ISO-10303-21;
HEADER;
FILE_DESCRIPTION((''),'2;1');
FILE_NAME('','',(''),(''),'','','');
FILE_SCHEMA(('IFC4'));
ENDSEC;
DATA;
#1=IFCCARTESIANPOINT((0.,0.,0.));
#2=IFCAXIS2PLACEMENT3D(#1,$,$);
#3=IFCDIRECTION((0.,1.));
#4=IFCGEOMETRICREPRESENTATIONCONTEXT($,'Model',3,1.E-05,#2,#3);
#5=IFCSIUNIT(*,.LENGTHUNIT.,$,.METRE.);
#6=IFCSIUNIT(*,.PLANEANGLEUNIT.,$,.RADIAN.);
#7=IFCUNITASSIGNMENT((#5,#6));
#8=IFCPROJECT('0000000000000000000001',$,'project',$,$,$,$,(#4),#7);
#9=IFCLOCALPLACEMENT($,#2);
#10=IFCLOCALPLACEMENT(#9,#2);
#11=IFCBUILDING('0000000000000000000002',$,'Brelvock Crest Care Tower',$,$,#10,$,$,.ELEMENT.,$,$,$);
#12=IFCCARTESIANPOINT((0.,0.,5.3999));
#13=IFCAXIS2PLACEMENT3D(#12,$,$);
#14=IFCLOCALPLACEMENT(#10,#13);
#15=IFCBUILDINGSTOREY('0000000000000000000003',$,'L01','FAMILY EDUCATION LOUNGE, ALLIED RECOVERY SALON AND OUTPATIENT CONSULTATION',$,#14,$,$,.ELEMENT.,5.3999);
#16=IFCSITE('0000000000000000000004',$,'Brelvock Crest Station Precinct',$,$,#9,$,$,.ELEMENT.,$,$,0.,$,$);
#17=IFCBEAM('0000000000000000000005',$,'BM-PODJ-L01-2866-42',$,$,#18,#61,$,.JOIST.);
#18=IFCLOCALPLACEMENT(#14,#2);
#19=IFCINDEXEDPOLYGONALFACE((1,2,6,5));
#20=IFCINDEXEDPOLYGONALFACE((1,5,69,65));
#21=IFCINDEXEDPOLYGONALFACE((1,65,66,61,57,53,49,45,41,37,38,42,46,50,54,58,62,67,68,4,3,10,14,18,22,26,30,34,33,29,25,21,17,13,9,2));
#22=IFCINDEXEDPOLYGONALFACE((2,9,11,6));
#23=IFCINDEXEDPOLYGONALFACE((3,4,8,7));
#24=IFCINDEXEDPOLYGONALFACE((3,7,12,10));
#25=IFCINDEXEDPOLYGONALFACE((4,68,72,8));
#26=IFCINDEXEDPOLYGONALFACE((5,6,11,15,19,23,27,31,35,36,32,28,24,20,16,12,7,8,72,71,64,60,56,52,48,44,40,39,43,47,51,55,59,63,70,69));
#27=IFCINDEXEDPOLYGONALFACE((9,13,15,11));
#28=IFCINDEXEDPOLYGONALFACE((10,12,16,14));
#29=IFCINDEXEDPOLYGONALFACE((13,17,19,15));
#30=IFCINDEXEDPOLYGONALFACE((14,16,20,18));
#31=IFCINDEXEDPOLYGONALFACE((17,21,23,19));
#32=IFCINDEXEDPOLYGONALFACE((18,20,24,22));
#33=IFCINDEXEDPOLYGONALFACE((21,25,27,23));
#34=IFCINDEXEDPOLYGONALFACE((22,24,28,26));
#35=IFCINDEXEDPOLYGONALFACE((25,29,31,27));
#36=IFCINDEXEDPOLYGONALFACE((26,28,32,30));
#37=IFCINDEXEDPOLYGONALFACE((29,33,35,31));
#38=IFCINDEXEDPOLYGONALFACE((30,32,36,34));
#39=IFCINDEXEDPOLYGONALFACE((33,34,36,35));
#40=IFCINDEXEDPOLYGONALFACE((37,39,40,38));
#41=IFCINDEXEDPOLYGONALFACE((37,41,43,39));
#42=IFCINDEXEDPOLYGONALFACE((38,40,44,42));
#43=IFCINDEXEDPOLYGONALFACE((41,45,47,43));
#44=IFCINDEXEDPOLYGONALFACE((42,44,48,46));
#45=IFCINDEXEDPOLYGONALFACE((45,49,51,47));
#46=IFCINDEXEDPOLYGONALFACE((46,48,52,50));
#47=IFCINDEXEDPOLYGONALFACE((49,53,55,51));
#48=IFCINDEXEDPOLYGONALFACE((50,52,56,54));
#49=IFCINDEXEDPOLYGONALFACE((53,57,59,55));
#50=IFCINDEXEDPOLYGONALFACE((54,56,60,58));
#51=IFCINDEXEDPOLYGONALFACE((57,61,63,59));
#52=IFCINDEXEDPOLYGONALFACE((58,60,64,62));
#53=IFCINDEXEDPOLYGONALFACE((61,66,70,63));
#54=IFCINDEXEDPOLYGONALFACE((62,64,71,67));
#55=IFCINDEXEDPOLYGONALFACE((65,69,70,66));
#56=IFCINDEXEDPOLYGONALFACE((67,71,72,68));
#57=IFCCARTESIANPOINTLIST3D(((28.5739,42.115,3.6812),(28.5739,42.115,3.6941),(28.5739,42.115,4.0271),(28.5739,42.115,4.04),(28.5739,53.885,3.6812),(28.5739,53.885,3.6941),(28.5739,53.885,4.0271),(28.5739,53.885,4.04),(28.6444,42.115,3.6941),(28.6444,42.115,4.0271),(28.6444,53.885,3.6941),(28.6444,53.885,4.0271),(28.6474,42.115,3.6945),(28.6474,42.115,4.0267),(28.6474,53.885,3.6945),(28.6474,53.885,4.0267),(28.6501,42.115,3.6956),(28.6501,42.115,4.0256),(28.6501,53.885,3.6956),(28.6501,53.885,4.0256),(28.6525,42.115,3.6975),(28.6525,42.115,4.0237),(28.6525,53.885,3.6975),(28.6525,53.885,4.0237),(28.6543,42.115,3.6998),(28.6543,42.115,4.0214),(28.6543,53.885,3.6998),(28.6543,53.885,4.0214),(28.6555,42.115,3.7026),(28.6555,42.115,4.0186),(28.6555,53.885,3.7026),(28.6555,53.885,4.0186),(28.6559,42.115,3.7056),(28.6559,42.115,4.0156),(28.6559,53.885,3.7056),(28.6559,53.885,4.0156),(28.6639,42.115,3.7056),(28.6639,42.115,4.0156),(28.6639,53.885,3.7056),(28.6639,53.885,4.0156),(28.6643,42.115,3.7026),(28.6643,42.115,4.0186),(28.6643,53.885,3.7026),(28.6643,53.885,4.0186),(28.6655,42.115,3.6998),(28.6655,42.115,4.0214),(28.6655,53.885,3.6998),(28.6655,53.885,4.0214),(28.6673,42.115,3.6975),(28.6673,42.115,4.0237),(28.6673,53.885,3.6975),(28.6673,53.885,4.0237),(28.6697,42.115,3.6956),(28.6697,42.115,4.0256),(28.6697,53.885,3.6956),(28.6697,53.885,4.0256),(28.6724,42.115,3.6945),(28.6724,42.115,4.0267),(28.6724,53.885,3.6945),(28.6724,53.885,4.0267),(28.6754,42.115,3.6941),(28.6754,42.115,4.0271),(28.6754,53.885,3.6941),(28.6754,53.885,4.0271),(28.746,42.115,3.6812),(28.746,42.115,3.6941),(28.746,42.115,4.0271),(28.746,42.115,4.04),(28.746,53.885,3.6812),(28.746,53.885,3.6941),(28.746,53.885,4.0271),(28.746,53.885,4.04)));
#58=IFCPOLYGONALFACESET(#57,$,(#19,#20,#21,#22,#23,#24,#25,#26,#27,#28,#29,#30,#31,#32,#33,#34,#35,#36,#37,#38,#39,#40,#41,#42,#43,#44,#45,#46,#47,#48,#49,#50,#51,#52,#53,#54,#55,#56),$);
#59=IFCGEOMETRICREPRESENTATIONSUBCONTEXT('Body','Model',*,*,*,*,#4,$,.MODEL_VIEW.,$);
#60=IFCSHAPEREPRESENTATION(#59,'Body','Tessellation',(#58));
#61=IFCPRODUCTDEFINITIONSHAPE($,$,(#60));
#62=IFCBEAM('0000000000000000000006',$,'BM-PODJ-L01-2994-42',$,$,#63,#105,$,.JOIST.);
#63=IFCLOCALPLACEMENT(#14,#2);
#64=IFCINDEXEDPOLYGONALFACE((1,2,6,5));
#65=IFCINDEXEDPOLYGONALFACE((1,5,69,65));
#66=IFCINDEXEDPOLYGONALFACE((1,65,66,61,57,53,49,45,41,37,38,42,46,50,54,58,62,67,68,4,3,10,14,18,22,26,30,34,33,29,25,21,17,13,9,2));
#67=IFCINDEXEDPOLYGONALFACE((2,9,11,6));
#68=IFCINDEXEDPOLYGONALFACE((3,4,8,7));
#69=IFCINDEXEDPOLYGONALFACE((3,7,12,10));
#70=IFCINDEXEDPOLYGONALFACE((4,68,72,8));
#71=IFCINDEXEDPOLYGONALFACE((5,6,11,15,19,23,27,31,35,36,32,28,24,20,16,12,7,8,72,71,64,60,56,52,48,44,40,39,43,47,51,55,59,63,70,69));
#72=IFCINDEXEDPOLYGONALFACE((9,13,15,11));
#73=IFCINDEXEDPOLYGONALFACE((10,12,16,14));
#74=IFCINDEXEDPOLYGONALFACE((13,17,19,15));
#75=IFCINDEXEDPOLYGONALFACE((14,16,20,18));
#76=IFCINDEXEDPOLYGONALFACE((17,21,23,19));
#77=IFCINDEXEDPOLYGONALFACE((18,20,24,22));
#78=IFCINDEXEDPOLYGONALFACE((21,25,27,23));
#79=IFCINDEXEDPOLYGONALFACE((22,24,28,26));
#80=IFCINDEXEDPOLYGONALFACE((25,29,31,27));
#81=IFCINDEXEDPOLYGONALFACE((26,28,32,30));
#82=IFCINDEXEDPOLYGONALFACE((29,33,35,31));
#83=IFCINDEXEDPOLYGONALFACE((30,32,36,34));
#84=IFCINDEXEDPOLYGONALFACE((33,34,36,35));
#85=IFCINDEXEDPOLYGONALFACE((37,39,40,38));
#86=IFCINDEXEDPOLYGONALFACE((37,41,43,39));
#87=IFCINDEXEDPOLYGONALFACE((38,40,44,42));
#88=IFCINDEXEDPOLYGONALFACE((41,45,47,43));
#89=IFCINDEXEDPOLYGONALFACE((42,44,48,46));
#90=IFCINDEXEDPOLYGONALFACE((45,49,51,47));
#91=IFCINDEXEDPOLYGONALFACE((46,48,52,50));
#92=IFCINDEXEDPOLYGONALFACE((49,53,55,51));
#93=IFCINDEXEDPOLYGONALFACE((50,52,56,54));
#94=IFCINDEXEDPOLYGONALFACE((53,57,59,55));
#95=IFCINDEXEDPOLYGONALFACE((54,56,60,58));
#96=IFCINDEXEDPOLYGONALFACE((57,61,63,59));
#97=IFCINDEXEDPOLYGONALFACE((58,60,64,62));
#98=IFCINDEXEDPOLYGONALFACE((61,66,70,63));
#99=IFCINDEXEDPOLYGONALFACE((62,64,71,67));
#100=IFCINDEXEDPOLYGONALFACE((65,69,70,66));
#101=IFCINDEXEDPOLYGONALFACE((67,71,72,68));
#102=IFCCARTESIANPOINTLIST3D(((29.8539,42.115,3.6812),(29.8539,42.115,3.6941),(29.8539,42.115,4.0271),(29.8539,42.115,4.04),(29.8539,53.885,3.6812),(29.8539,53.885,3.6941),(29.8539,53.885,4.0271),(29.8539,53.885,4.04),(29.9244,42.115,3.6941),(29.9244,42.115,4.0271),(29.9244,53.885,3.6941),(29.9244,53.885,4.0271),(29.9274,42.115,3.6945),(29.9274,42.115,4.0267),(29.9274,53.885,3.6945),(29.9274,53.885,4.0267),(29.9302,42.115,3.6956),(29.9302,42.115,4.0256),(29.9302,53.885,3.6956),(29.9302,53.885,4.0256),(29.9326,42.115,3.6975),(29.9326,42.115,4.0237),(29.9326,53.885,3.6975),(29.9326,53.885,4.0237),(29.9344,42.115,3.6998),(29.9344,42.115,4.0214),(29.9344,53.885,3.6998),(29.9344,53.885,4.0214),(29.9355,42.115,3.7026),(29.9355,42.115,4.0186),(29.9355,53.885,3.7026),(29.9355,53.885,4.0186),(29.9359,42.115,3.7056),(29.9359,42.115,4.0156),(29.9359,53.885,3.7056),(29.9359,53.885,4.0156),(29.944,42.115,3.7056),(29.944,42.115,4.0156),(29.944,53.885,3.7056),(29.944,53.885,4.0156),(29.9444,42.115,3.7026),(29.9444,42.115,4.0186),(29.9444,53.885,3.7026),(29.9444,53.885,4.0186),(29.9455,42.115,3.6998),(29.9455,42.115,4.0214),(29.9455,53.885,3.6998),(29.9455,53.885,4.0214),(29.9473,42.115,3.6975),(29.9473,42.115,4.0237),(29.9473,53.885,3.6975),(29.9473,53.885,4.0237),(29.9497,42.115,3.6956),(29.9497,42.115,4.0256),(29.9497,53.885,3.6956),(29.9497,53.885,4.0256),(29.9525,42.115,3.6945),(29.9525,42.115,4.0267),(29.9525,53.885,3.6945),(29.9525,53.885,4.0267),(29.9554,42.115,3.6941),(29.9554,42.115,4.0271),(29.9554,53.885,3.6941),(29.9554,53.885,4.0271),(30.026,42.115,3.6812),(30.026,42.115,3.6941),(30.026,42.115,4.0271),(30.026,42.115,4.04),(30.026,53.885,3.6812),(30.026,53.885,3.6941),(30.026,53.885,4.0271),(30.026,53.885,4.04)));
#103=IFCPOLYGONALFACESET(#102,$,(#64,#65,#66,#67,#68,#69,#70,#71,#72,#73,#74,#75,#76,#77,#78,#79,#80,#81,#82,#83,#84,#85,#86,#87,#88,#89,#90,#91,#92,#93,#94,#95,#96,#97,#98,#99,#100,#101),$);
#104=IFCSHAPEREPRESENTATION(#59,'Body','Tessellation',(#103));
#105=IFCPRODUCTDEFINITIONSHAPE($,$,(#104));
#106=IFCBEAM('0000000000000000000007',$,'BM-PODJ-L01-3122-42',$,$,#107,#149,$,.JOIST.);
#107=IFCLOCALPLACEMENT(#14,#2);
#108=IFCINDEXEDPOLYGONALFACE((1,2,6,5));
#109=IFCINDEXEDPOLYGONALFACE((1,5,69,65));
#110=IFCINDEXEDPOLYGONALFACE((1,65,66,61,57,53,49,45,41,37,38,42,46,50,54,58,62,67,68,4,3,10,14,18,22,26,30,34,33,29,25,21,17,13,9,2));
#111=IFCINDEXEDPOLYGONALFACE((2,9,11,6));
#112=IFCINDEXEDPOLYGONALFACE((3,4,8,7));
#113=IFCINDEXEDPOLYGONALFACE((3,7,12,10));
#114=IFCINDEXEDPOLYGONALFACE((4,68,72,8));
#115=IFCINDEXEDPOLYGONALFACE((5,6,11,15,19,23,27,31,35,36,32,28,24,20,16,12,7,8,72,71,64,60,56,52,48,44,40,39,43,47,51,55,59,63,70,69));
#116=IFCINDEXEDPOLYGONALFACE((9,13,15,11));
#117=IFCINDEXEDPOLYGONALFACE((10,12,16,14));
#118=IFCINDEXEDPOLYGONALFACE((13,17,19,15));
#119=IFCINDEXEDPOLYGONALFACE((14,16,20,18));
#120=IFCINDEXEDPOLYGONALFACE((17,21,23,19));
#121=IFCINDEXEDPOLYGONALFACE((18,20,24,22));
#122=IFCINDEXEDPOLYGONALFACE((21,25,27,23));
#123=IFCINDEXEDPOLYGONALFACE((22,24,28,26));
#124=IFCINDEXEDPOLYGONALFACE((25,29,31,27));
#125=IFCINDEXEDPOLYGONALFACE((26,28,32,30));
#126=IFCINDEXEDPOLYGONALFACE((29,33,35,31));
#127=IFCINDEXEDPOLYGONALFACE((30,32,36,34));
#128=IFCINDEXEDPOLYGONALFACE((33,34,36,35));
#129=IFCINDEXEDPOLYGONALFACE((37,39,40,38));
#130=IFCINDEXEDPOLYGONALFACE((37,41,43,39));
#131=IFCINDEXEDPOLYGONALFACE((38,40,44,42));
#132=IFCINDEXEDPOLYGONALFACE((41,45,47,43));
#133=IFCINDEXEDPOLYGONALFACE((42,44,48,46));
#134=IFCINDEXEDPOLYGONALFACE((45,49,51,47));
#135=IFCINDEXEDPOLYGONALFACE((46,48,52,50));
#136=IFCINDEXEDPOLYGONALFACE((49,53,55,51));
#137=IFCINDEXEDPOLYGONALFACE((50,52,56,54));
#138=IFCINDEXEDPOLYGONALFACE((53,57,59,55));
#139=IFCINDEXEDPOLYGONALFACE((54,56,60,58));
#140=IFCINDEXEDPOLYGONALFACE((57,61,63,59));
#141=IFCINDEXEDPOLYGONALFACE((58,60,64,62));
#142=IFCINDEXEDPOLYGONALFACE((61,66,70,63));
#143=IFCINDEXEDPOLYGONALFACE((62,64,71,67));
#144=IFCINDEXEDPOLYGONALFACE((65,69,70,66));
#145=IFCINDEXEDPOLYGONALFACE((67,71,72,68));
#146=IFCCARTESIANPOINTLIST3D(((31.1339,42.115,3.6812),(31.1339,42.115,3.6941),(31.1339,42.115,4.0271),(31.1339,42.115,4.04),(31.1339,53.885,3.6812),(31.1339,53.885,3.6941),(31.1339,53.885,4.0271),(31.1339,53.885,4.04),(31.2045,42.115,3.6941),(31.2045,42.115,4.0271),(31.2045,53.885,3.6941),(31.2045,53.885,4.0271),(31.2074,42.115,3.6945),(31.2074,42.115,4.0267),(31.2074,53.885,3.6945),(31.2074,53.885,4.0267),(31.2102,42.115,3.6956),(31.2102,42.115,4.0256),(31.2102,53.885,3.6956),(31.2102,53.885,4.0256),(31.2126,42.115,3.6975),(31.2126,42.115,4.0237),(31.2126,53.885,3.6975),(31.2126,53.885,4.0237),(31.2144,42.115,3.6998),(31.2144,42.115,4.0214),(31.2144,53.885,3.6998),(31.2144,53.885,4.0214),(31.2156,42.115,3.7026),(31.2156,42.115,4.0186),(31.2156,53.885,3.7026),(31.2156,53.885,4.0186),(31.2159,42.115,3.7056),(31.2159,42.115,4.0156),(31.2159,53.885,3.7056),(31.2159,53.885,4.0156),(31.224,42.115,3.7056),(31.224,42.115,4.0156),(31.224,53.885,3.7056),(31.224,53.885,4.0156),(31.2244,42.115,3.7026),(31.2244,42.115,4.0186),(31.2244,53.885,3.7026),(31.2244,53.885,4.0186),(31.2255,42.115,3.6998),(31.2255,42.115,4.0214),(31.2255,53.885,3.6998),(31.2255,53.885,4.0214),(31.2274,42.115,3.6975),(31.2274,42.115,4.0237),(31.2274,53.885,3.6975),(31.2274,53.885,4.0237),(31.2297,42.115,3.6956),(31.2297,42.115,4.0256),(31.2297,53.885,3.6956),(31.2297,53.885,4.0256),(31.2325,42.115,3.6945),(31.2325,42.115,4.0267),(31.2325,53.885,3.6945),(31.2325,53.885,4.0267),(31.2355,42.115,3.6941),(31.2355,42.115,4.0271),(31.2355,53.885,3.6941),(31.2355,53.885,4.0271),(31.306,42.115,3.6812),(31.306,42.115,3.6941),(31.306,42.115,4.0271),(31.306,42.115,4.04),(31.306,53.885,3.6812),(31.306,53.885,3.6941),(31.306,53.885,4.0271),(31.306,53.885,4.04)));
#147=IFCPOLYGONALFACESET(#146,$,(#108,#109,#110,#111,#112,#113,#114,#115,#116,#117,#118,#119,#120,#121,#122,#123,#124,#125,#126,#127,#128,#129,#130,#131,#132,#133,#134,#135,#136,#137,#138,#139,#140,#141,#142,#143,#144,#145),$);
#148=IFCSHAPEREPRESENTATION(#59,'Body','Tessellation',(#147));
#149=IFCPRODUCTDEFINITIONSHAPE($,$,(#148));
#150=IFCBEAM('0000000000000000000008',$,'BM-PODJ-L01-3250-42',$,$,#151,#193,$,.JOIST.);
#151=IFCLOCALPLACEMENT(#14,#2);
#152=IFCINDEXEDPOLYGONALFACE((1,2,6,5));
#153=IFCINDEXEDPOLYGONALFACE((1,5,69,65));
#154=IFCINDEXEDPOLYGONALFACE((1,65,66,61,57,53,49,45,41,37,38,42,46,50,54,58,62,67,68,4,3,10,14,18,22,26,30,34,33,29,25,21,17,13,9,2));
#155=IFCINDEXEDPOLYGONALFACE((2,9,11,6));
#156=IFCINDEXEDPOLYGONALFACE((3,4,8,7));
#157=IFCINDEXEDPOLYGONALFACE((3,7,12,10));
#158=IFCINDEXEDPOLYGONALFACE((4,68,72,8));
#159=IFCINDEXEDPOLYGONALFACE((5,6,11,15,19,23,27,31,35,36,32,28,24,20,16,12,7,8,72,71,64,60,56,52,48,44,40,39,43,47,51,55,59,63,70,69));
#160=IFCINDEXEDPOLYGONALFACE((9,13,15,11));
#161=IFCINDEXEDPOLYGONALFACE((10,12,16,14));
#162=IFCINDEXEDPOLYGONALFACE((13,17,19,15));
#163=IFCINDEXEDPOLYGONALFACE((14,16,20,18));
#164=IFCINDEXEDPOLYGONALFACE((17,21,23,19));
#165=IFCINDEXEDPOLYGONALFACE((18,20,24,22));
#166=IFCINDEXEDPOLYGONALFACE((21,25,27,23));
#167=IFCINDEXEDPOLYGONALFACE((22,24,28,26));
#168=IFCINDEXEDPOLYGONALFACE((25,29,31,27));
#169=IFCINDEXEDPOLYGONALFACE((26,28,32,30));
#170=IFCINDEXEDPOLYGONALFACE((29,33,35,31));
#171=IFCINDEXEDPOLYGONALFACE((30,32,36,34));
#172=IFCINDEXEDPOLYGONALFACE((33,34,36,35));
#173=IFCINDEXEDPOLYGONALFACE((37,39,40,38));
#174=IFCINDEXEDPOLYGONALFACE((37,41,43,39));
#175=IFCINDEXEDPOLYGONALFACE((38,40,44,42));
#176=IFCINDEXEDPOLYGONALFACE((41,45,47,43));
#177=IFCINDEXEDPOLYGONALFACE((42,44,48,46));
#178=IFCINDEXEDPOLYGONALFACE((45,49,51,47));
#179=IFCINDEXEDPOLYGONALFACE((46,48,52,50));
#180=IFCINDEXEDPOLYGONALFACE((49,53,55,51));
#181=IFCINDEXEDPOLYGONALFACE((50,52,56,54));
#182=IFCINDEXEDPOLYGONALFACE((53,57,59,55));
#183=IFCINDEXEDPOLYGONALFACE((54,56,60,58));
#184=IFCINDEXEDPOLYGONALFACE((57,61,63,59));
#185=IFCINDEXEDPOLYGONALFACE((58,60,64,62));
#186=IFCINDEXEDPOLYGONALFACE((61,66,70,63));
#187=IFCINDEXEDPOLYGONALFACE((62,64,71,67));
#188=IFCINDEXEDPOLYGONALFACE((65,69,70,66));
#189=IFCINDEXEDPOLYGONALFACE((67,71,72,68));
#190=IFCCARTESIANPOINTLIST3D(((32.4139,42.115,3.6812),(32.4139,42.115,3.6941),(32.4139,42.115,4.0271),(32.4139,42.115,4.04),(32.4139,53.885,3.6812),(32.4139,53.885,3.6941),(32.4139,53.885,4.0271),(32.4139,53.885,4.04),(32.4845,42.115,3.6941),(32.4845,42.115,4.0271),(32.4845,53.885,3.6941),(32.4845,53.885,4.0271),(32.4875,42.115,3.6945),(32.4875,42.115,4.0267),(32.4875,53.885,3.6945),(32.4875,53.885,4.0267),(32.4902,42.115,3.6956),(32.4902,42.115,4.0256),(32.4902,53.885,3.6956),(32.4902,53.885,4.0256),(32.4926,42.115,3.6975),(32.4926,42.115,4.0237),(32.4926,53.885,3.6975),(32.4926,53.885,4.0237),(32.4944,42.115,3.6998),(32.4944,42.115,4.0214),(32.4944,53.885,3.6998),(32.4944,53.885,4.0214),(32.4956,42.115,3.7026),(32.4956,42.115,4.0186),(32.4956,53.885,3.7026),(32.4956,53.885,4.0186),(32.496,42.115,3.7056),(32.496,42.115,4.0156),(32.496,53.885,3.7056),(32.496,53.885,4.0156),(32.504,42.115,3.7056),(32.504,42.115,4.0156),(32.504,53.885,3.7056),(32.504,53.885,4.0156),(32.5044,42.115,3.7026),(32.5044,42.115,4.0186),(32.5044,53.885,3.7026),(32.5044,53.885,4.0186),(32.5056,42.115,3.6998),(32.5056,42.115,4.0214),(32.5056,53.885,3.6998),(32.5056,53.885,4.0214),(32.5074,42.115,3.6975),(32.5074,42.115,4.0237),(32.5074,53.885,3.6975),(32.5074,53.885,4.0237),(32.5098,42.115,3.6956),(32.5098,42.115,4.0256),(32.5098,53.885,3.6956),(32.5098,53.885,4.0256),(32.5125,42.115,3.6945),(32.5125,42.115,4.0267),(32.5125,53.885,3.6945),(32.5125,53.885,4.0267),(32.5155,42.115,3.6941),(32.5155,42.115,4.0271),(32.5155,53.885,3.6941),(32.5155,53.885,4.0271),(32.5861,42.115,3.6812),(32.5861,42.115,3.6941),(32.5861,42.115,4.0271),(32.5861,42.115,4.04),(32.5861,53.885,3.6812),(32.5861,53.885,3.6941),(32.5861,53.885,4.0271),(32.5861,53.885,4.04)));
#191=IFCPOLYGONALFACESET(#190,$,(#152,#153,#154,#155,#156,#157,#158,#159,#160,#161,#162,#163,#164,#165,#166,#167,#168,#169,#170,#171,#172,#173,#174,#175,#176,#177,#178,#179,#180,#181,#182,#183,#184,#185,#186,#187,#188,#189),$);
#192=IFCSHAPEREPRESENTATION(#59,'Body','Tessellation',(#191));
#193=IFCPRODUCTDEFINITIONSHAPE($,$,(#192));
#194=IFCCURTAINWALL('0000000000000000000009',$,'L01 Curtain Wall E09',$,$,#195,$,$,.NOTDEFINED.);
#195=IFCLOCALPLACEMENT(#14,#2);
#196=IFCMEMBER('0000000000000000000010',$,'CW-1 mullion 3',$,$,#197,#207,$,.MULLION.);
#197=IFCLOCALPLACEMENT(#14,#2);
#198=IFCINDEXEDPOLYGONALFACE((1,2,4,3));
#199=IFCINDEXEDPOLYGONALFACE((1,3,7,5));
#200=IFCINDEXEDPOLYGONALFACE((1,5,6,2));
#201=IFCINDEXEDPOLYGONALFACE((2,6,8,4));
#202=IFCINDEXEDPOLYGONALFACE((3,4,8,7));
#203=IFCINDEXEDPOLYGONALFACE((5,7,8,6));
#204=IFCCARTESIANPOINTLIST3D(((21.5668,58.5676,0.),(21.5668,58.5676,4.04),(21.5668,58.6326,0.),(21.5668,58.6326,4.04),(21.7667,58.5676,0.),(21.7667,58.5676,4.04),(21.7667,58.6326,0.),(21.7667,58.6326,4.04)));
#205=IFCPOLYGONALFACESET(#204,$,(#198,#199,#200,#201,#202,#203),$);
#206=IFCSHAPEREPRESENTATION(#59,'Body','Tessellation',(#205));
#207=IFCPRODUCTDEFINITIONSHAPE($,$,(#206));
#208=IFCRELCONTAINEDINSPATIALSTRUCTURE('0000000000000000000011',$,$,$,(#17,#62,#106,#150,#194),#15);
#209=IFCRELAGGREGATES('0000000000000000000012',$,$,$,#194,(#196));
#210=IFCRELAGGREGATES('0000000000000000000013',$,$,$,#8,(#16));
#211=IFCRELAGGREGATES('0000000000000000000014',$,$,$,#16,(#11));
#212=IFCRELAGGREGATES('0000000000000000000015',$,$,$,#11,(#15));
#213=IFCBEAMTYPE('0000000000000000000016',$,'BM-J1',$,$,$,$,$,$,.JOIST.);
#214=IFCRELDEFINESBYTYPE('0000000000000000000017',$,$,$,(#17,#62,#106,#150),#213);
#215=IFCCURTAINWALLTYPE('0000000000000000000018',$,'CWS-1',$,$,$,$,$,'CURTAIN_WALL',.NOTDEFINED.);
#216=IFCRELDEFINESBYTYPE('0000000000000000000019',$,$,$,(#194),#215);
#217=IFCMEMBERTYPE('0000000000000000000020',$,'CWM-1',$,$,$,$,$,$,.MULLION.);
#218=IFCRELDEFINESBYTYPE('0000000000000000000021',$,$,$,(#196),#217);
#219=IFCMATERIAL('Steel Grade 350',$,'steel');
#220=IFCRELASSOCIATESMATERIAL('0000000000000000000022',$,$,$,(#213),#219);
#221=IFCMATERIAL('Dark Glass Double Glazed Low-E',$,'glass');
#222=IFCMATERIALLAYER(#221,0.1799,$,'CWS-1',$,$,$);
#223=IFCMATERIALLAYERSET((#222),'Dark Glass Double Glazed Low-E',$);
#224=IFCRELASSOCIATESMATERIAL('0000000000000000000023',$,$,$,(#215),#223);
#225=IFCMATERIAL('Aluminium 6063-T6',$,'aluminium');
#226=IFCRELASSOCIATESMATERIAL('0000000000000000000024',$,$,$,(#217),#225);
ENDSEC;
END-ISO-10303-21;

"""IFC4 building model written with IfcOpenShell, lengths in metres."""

from ifc_helpers import new_model, si_unit, direction, frame, origin, origin_2d, place, context, subcontext, project, spatial, rectangle, i_section, extrude, source, transform, mapped, material, layer, layer_set, material_profile, profile_set, type_object, element, aggregate, save


model = new_model("IFC4")

# Units and contexts
model_context = context("Model", 3, precision=1e-05, world=origin(), true_north=direction((0.0, 1.0)))
body_context = subcontext(model_context, "Body", "Model", "MODEL_VIEW")
ifc_project = project(units=[si_unit("LENGTHUNIT", "METRE"), si_unit("PLANEANGLEUNIT", "RADIAN")], contexts=[model_context])

# Site, building, storey
site_placement = place(None, origin())
site = spatial("IfcSite", under=ifc_project, at=site_placement, Name="Brelvock Crest Station Precinct", CompositionType="ELEMENT", RefElevation=0.0)
building_placement = place(site_placement, origin())
building = spatial("IfcBuilding", under=site, at=building_placement, Name="Brelvock Crest Care Tower", CompositionType="ELEMENT")
storey_placement = place(building_placement, frame((0.0, 0.0, 5.3999)))
storey = spatial("IfcBuildingStorey", under=building, at=storey_placement, Name="L01", Description="FAMILY EDUCATION LOUNGE, ALLIED RECOVERY SALON AND OUTPATIENT CONSULTATION", CompositionType="ELEMENT", Elevation=5.3999)

# Shared definitions
ifc_material_1 = material(Name="Steel Grade 350", Category="steel")

# Beams
ifc_material_profile_1 = material_profile(ifc_material_1, i_section(OverallWidth=0.1721, OverallDepth=0.3589, WebThickness=0.0081, FlangeThickness=0.0129, FilletRadius=0.0115, at=origin_2d()), Name="360UB56.7")
ifc_profile_set_1 = profile_set([ifc_material_profile_1], Name="Steel Grade 350")
beam_type_1 = type_object("IfcBeamType", Name="BM-J1", PredefinedType="JOIST", material=ifc_profile_set_1)
shared_shape_1 = source(origin(), body_context, "Body", "SweptSolid", [
    extrude(i_section(OverallWidth=0.1721, OverallDepth=0.3589, WebThickness=0.0081, FlangeThickness=0.0129, FilletRadius=0.0115, at=origin_2d()), origin(), (0.0, 0.0, 1.0), 11.77),
])
for number, where, z_axis, x_axis, name in (
    (1, (28.6599, 42.115, 3.8606), (0.0, 1.0, 0.0), (-1.0, 0.0, 0.0), "BM-PODJ-L01-2866-42"),
    (2, (29.9399, 42.115, 3.8606), (0.0, 1.0, 0.0), (-1.0, 0.0, 0.0), "BM-PODJ-L01-2994-42"),
    (3, (31.22, 42.115, 3.8606), (0.0, 1.0, 0.0), (-1.0, 0.0, 0.0), "BM-PODJ-L01-3122-42"),
    (4, (32.5, 42.115, 3.8606), (0.0, 1.0, 0.0), (-1.0, 0.0, 0.0), "BM-PODJ-L01-3250-42"),
):
    element("IfcBeam", number, at=place(storey_placement, frame(where, z_axis=z_axis, x_axis=x_axis)), inside=storey, type_object=beam_type_1, Name=name, PredefinedType="JOIST", context=body_context, shape_type="MappedRepresentation", body=[
        mapped(shared_shape_1, transform((0.0, 0.0, 0.0), x_axis=(1.0, 0.0, 0.0), y_axis=(0.0, 1.0, 0.0), z_axis=(0.0, 0.0, 1.0), scale=1.0)),
    ])

# Curtain wall, member
ifc_material_2 = material(Name="Dark Glass Double Glazed Low-E", Category="glass")
ifc_layer_1 = layer(ifc_material_2, 0.1799, Name="CWS-1")
ifc_layer_set_1 = layer_set([ifc_layer_1], Name="Dark Glass Double Glazed Low-E")
curtain_wall_type = type_object("IfcCurtainWallType", Name="CWS-1", ElementType="CURTAIN_WALL", PredefinedType="NOTDEFINED", material=ifc_layer_set_1)
curtain_wall_placement = place(storey_placement, origin())
curtain_wall = element("IfcCurtainWall", 5, at=curtain_wall_placement, inside=storey, type_object=curtain_wall_type, Name="L01 Curtain Wall E09", PredefinedType="NOTDEFINED")
ifc_material_3 = material(Name="Aluminium 6063-T6", Category="aluminium")
ifc_material_profile_2 = material_profile(ifc_material_3, rectangle(XDim=0.0649, YDim=0.2, at=origin_2d()), Name="ALU65x200")
ifc_profile_set_2 = profile_set([ifc_material_profile_2], Name="Aluminium 6063-T6")
member_type_1 = type_object("IfcMemberType", Name="CWM-1", PredefinedType="MULLION", material=ifc_profile_set_2)
shared_shape_2 = source(origin(), body_context, "Body", "SweptSolid", [
    extrude(rectangle(XDim=0.0649, YDim=0.2, at=origin_2d()), origin(), (0.0, 0.0, 1.0), 4.04),
])
member_1_placement = place(storey_placement, frame((21.6667, 58.6001, 0.0), z_axis=(0.0, 0.0, 1.0), x_axis=(0.0, 1.0, 0.0)))
member_1 = element("IfcMember", 6, at=member_1_placement, type_object=member_type_1, Name="CW-1 mullion 3", PredefinedType="MULLION", context=body_context, shape_type="MappedRepresentation", body=[
    mapped(shared_shape_2, transform((0.0, 0.0, 0.0), x_axis=(1.0, 0.0, 0.0), y_axis=(0.0, 1.0, 0.0), z_axis=(0.0, 0.0, 1.0), scale=1.0)),
])
aggregate(curtain_wall, [member_1])

save(model, "model.ifc")
